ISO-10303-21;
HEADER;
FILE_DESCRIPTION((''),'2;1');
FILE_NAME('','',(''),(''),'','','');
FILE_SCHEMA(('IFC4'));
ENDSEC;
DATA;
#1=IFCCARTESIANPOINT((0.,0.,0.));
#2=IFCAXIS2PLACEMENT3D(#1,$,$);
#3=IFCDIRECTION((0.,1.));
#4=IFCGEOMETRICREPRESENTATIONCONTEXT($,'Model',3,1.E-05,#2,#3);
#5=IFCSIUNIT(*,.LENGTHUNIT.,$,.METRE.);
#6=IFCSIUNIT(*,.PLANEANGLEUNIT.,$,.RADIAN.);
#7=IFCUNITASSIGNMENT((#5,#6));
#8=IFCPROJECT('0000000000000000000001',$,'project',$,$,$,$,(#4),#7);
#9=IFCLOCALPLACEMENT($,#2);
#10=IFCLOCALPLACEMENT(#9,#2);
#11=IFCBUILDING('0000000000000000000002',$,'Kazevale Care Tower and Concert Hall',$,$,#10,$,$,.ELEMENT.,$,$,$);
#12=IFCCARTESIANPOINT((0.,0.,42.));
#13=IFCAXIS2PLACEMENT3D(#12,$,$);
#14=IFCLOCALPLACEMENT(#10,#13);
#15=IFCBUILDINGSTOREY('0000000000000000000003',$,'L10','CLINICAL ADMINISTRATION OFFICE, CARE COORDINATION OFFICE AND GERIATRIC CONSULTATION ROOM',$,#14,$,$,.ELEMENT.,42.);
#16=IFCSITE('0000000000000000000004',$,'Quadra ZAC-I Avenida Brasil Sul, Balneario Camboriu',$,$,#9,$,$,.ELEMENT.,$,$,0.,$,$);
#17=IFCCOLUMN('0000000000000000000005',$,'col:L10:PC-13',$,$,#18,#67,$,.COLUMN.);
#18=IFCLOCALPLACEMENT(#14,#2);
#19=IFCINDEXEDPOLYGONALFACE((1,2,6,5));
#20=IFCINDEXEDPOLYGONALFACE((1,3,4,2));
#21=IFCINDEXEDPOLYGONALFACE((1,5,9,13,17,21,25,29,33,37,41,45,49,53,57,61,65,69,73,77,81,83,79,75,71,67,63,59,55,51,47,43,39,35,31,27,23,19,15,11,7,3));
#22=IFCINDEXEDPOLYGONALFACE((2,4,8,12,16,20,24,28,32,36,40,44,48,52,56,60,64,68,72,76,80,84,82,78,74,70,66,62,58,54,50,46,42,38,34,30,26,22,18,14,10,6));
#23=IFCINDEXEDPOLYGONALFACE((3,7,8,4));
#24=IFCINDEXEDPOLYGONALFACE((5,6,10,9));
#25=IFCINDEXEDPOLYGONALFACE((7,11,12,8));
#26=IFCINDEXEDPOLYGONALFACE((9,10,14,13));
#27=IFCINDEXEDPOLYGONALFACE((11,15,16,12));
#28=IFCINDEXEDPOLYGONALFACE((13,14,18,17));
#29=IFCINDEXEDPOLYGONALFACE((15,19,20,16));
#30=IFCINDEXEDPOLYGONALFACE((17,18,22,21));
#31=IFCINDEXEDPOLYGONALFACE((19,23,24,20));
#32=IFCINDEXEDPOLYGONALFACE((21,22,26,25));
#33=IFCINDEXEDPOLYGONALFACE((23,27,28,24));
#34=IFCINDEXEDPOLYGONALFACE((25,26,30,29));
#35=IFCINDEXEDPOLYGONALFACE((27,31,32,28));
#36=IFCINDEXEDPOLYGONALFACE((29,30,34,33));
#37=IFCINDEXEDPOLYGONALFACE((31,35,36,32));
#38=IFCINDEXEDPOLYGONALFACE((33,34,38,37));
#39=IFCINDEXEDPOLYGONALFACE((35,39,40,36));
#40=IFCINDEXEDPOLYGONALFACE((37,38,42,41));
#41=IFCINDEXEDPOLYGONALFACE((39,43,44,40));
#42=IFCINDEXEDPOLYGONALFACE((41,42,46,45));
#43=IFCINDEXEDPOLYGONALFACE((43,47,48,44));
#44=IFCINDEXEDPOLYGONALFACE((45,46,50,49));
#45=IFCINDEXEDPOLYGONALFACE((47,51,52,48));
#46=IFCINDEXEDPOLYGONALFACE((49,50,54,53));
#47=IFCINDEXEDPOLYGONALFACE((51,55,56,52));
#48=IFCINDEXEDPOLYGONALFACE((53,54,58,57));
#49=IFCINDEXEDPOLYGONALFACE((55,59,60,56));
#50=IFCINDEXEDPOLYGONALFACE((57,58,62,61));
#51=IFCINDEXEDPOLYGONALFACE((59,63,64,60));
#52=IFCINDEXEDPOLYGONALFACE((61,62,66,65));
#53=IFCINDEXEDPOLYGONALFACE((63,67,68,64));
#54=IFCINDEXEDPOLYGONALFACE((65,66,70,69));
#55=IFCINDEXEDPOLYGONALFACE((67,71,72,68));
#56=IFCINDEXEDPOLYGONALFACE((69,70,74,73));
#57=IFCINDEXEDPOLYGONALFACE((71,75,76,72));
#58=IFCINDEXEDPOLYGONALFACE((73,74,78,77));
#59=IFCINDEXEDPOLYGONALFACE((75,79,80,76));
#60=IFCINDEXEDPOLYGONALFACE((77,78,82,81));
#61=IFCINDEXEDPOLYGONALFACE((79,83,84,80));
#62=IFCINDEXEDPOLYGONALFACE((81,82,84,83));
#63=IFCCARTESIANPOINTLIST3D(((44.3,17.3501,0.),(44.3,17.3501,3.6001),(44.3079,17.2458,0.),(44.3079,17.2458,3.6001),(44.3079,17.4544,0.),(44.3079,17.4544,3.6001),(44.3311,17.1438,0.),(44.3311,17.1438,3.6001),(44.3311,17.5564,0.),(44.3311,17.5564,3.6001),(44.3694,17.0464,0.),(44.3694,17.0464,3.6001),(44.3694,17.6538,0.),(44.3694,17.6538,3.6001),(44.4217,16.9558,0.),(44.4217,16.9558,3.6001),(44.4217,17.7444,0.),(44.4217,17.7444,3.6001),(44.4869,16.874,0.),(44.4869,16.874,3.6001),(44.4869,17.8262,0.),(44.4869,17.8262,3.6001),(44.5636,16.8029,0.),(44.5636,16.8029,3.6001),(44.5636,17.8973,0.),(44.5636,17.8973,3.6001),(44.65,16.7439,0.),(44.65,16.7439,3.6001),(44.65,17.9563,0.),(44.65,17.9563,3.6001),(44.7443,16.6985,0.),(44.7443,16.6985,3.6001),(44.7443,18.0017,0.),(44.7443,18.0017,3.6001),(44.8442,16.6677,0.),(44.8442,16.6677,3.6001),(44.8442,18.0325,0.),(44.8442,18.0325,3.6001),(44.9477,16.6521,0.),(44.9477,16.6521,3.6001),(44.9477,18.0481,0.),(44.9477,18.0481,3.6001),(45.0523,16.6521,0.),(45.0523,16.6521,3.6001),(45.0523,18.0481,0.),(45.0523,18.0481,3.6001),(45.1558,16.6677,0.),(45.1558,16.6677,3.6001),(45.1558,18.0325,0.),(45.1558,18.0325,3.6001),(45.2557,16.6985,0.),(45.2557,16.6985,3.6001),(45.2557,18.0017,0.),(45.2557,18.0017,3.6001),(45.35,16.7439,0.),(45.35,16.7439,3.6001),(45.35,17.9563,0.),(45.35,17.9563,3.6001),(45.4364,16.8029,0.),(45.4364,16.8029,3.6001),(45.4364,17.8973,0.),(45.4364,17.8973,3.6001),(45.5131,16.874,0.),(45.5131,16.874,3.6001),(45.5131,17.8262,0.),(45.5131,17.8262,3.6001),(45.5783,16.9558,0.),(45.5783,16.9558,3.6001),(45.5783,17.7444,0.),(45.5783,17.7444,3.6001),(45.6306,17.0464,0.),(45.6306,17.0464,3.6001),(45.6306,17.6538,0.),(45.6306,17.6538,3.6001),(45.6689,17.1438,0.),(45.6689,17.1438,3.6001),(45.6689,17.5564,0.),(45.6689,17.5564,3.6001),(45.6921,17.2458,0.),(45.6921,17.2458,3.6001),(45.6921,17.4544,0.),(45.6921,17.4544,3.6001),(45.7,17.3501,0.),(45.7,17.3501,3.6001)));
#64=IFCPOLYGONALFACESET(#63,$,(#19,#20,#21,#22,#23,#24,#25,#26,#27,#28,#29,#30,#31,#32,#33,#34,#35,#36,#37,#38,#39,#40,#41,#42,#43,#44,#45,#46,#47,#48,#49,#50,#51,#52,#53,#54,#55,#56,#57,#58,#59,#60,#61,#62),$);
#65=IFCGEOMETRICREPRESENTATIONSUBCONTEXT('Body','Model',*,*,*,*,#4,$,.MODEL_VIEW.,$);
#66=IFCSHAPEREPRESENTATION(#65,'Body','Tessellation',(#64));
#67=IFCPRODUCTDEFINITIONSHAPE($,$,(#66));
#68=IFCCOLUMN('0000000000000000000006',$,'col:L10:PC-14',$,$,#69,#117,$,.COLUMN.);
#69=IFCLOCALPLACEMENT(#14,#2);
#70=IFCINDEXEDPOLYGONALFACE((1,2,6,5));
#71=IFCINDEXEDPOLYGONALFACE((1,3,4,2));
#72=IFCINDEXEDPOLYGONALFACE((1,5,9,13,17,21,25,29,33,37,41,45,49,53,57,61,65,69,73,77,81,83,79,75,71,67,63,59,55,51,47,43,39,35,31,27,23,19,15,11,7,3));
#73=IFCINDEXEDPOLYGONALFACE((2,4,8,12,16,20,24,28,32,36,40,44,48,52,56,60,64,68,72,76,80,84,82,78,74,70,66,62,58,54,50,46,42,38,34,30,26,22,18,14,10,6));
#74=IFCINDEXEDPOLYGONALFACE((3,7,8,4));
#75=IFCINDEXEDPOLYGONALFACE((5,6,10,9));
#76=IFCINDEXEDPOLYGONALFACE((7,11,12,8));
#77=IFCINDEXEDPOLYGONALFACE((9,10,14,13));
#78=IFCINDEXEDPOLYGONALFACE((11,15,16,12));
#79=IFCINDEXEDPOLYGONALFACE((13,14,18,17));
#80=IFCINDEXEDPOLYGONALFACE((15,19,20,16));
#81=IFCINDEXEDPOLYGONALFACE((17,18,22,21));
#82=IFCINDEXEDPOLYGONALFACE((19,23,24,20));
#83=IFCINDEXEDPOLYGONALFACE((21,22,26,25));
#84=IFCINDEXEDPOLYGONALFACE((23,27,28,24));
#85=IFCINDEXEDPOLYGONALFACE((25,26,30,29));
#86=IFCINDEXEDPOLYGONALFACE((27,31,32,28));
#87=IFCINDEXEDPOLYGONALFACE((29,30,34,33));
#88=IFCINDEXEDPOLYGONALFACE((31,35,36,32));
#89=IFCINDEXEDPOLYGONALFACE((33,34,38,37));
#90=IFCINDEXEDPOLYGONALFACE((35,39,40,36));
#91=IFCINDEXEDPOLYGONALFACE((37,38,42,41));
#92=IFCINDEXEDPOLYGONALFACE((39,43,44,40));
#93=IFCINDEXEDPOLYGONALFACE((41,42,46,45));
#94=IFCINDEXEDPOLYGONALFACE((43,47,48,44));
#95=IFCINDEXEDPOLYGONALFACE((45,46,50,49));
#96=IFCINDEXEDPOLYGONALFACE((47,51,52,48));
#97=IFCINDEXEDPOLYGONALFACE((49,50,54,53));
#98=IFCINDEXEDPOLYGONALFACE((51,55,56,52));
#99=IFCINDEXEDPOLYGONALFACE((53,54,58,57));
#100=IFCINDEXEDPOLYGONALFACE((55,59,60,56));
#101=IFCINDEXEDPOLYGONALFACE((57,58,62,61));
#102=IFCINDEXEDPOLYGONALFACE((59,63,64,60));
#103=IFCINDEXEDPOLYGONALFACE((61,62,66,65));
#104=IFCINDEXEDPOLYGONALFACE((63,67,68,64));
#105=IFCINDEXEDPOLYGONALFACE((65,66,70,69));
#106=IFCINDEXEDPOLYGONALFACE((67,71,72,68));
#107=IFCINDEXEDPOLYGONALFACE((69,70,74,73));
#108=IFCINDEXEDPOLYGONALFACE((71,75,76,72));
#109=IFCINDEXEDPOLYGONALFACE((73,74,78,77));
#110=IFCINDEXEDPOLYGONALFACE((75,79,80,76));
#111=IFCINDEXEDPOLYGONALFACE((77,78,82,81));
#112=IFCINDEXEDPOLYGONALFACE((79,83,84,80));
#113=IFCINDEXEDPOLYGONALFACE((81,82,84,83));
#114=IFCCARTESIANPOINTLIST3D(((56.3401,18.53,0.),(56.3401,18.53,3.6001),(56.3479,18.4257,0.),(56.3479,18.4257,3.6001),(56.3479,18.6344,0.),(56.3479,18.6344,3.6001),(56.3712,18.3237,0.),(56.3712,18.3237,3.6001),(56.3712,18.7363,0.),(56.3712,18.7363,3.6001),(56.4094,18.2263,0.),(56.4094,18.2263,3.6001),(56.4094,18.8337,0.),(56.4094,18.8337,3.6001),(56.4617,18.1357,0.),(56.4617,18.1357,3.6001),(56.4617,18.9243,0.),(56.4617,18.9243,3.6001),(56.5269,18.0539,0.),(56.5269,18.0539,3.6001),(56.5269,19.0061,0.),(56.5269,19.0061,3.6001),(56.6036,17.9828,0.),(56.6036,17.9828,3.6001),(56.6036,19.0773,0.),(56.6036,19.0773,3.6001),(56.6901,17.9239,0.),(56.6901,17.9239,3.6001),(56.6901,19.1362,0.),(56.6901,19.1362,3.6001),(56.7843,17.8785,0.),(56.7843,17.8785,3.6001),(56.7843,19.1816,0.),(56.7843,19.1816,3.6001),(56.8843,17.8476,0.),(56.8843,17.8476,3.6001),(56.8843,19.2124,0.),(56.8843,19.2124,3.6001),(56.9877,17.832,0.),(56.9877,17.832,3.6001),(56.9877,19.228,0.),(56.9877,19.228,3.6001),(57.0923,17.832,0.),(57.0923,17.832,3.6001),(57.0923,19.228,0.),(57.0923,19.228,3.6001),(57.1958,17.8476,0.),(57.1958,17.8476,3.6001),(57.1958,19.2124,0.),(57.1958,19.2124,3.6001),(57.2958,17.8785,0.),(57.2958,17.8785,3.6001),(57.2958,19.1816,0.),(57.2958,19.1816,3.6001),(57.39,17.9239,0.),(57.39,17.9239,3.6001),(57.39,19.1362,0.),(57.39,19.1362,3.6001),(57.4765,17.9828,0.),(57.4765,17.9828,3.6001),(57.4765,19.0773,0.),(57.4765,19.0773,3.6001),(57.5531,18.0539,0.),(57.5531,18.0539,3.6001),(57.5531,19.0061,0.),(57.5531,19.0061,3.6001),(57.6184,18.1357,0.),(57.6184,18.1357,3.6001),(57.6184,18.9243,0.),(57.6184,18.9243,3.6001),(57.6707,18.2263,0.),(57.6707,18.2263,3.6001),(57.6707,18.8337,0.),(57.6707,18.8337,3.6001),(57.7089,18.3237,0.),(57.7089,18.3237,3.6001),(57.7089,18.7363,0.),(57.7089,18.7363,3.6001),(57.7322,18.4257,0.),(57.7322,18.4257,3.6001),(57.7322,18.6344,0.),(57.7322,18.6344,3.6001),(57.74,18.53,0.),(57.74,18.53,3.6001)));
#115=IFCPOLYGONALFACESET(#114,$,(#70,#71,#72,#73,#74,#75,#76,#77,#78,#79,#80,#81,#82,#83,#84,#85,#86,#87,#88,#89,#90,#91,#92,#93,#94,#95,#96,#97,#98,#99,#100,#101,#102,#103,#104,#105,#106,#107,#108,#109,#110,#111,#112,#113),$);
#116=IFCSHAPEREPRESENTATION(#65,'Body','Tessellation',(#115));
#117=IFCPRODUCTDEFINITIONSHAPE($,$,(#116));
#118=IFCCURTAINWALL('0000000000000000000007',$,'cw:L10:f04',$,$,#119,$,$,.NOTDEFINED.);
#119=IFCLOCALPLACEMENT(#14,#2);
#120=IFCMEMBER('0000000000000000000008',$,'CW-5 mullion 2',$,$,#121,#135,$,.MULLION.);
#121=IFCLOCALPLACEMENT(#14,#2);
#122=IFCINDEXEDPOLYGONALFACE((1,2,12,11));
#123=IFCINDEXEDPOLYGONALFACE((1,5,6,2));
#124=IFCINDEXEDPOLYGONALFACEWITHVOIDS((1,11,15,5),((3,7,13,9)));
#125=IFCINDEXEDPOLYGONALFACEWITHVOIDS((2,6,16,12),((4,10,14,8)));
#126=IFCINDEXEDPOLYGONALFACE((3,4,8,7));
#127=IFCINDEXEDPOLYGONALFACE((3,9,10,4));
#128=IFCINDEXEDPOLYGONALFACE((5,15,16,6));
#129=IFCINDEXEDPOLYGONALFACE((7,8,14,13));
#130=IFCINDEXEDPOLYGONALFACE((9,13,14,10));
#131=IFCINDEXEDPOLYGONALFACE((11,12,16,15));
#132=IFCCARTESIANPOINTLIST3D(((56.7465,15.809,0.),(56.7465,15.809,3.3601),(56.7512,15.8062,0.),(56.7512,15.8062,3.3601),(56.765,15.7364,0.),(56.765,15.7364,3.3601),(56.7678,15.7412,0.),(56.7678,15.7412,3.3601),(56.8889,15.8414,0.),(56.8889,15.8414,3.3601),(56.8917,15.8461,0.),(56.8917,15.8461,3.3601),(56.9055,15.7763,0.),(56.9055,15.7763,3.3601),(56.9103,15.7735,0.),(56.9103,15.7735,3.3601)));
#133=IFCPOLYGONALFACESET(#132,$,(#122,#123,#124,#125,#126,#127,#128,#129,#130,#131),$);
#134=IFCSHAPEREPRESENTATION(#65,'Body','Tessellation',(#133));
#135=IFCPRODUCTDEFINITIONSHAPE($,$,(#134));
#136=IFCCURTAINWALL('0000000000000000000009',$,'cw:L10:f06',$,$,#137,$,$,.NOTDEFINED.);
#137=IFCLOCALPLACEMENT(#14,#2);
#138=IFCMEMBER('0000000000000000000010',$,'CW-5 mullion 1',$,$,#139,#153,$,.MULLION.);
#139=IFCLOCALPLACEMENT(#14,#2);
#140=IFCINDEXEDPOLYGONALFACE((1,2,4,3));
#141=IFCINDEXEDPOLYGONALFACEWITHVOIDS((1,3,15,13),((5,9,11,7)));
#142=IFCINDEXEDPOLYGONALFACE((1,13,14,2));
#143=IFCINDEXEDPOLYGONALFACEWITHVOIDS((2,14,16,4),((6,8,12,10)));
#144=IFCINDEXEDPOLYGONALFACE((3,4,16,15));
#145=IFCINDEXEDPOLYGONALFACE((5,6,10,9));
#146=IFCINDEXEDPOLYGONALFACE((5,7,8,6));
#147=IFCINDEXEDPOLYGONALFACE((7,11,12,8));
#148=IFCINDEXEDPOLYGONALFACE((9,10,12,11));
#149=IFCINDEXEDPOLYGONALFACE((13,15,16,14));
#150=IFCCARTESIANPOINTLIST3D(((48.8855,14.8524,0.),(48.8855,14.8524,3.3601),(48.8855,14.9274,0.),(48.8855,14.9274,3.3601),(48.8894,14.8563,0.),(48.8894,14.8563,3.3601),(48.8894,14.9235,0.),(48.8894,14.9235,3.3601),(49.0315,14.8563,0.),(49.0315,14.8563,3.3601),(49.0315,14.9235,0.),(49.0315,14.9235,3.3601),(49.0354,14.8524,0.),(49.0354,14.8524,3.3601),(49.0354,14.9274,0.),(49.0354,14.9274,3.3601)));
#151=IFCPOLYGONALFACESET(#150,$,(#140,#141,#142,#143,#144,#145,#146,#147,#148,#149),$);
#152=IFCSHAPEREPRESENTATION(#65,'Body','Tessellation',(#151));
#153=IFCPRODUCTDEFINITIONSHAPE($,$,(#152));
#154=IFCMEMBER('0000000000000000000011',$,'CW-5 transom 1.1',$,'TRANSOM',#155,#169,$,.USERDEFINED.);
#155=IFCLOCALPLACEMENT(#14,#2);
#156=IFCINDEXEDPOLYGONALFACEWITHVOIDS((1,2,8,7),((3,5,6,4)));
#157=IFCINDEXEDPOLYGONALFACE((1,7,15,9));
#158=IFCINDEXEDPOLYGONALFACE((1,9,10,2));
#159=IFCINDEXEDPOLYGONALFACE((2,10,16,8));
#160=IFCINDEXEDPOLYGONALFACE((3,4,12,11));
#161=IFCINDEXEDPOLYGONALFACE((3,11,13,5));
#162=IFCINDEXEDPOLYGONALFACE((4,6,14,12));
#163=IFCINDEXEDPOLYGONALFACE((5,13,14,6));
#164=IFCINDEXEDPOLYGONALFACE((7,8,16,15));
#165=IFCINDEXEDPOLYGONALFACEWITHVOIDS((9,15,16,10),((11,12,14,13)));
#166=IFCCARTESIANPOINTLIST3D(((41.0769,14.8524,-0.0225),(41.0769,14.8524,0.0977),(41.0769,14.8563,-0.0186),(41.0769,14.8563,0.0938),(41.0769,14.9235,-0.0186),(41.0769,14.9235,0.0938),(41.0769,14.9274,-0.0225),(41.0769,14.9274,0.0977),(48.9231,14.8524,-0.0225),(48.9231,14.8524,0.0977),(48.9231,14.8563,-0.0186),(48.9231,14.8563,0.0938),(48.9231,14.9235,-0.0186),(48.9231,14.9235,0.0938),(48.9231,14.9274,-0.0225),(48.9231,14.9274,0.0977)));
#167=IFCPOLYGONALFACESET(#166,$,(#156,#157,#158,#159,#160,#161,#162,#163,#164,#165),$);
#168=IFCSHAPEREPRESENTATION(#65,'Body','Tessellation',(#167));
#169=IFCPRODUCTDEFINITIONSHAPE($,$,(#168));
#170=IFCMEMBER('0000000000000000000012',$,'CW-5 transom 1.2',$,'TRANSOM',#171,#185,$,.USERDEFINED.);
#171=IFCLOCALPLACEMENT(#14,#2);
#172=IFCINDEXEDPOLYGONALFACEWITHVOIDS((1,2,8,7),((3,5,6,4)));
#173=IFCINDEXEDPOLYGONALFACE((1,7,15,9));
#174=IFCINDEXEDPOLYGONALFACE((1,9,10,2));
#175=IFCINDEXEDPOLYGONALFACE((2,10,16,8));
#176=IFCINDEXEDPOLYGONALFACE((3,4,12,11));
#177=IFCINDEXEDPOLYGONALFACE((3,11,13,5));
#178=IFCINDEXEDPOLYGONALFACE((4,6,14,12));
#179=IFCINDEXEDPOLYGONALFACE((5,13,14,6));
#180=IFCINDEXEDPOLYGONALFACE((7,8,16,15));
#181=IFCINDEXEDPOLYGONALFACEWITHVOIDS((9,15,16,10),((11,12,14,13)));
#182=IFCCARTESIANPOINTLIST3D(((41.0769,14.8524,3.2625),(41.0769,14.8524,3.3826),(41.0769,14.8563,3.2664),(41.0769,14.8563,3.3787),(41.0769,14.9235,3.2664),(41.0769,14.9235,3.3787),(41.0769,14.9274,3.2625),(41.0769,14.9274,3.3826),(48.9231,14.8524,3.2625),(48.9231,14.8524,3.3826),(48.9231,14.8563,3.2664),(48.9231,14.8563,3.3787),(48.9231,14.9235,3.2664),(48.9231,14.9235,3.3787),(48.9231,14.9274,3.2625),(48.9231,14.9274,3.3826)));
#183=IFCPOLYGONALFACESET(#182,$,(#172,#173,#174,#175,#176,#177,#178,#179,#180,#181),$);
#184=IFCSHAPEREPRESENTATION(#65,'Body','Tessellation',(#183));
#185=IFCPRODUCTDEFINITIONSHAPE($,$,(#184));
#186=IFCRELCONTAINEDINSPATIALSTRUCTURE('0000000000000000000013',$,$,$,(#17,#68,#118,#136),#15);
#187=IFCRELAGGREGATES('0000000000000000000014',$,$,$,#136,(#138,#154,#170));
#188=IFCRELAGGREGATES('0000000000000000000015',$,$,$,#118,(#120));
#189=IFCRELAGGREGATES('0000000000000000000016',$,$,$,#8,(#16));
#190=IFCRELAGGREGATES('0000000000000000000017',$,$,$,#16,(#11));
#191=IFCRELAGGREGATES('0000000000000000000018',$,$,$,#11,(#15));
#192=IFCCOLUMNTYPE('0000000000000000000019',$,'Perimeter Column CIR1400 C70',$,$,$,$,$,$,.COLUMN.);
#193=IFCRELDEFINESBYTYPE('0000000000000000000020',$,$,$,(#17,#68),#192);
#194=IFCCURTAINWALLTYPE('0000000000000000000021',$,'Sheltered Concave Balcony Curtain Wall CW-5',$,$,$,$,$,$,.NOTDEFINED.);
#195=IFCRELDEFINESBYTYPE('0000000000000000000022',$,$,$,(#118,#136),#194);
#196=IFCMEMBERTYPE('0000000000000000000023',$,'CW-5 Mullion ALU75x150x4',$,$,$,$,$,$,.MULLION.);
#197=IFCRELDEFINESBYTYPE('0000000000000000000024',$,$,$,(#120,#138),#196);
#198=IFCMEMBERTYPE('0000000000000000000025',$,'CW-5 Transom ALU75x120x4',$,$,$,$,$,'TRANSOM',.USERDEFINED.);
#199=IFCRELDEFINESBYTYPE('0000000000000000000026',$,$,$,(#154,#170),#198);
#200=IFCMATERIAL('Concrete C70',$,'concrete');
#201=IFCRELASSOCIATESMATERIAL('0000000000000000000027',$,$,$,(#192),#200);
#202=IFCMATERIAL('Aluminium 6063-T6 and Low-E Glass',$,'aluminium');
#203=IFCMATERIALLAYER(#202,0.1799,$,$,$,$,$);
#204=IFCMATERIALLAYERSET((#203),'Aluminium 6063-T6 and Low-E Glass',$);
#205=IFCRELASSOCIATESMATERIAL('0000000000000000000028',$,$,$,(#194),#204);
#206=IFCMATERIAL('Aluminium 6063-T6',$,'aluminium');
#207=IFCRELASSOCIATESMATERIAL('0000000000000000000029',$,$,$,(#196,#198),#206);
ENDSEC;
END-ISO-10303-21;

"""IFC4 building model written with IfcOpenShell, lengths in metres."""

from ifc_helpers import new_model, si_unit, direction, frame, origin, origin_2d, place, context, subcontext, project, spatial, hollow_rectangle, circle, extrude, material, layer, layer_set, material_profile, profile_set, type_object, element, aggregate, save


model = new_model("IFC4")

# Units and contexts
model_context = context("Model", 3, precision=1e-05, world=origin(), true_north=direction((0.0, 1.0)))
body_context = subcontext(model_context, "Body", "Model", "MODEL_VIEW")
ifc_project = project(units=[si_unit("LENGTHUNIT", "METRE"), si_unit("PLANEANGLEUNIT", "RADIAN")], contexts=[model_context])

# Site, building, storey
site_placement = place(None, origin())
site = spatial("IfcSite", under=ifc_project, at=site_placement, Name="Quadra ZAC-I Avenida Brasil Sul, Balneario Camboriu", CompositionType="ELEMENT", RefElevation=0.0)
building_placement = place(site_placement, origin())
building = spatial("IfcBuilding", under=site, at=building_placement, Name="Kazevale Care Tower and Concert Hall", CompositionType="ELEMENT")
storey_placement = place(building_placement, frame((0.0, 0.0, 42.0)))
storey = spatial("IfcBuildingStorey", under=building, at=storey_placement, Name="L10", Description="CLINICAL ADMINISTRATION OFFICE, CARE COORDINATION OFFICE AND GERIATRIC CONSULTATION ROOM", CompositionType="ELEMENT", Elevation=42.0)

# Columns
ifc_material_1 = material(Name="Concrete C70", Category="concrete")
ifc_material_profile_1 = material_profile(ifc_material_1, circle(Radius=0.7, at=origin_2d()), Name="RC-CIR1400")
ifc_profile_set_1 = profile_set([ifc_material_profile_1], Name="Concrete C70")
column_type = type_object("IfcColumnType", Name="Perimeter Column CIR1400 C70", PredefinedType="COLUMN", material=ifc_profile_set_1)
for number, where, z_axis, x_axis, name in (
    (1, (45.0, 17.3501, 0.0), (0.0, 0.0, 1.0), (1.0, 0.0, 0.0), "col:L10:PC-13"),
    (2, (57.04, 18.53, 0.0), (0.0, 0.0, 1.0), (1.0, 0.0, 0.0), "col:L10:PC-14"),
):
    element("IfcColumn", number, at=place(storey_placement, frame(where, z_axis=z_axis, x_axis=x_axis)), inside=storey, type_object=column_type, Name=name, PredefinedType="COLUMN", context=body_context, shape_type="SweptSolid", body=[
        extrude(circle(Radius=0.7, at=origin_2d()), origin(), (0.0, 0.0, 1.0), 3.6001),
    ])

# Curtain wall, member
ifc_material_2 = material(Name="Aluminium 6063-T6 and Low-E Glass", Category="aluminium")
ifc_layer_1 = layer(ifc_material_2, 0.1799)
ifc_layer_set_1 = layer_set([ifc_layer_1], Name="Aluminium 6063-T6 and Low-E Glass")
curtain_wall_type = type_object("IfcCurtainWallType", Name="Sheltered Concave Balcony Curtain Wall CW-5", PredefinedType="NOTDEFINED", material=ifc_layer_set_1)
curtain_wall_1_placement = place(storey_placement, origin())
curtain_wall_1 = element("IfcCurtainWall", 3, at=curtain_wall_1_placement, inside=storey, type_object=curtain_wall_type, Name="cw:L10:f04", PredefinedType="NOTDEFINED")
ifc_material_3 = material(Name="Aluminium 6063-T6", Category="aluminium")
ifc_material_profile_2 = material_profile(ifc_material_3, hollow_rectangle(XDim=0.075, YDim=0.1499, WallThickness=0.0039, at=origin_2d()), Name="ALU75x150x4")
ifc_profile_set_2 = profile_set([ifc_material_profile_2], Name="Aluminium 6063-T6")
member_type_1 = type_object("IfcMemberType", Name="CW-5 Mullion ALU75x150x4", PredefinedType="MULLION", material=ifc_profile_set_2)
member_1_placement = place(storey_placement, frame((56.8284, 15.7913, 0.0), z_axis=(0.0, 0.0, 1.0), x_axis=(0.247222, -0.968959, 0.0)))
member_1 = element("IfcMember", 4, at=member_1_placement, type_object=member_type_1, Name="CW-5 mullion 2", PredefinedType="MULLION", context=body_context, shape_type="SweptSolid", body=[
    extrude(hollow_rectangle(XDim=0.075, YDim=0.1499, WallThickness=0.0039, at=origin_2d()), origin(), (0.0, 0.0, 1.0), 3.3601),
])

# Curtain wall, members
curtain_wall_2_placement = place(storey_placement, origin())
curtain_wall_2 = element("IfcCurtainWall", 5, at=curtain_wall_2_placement, inside=storey, type_object=curtain_wall_type, Name="cw:L10:f06", PredefinedType="NOTDEFINED")
member_2_placement = place(storey_placement, frame((48.9604, 14.8899, 0.0), z_axis=(0.0, 0.0, 1.0), x_axis=(0.0, -1.0, 0.0)))
member_2 = element("IfcMember", 6, at=member_2_placement, type_object=member_type_1, Name="CW-5 mullion 1", PredefinedType="MULLION", context=body_context, shape_type="SweptSolid", body=[
    extrude(hollow_rectangle(XDim=0.075, YDim=0.1499, WallThickness=0.0039, at=origin_2d()), origin(), (0.0, 0.0, 1.0), 3.3601),
])
ifc_material_profile_3 = material_profile(ifc_material_3, hollow_rectangle(XDim=0.075, YDim=0.1201, WallThickness=0.0039, at=origin_2d()), Name="ALU75x120x4")
ifc_profile_set_3 = profile_set([ifc_material_profile_3], Name="Aluminium 6063-T6")
member_type_2 = type_object("IfcMemberType", Name="CW-5 Transom ALU75x120x4", ElementType="TRANSOM", PredefinedType="USERDEFINED", material=ifc_profile_set_3)
member_3_placement = place(storey_placement, frame((48.9231, 14.8899, 0.0376), z_axis=(-1.0, 0.0, 0.0), x_axis=(0.0, -1.0, 0.0)))
member_3 = element("IfcMember", 7, at=member_3_placement, type_object=member_type_2, Name="CW-5 transom 1.1", ObjectType="TRANSOM", PredefinedType="USERDEFINED", context=body_context, shape_type="SweptSolid", body=[
    extrude(hollow_rectangle(XDim=0.075, YDim=0.1201, WallThickness=0.0039, at=origin_2d()), origin(), (0.0, 0.0, 1.0), 7.8462),
])
member_4_placement = place(storey_placement, frame((48.9231, 14.8899, 3.3225), z_axis=(-1.0, 0.0, 0.0), x_axis=(0.0, -1.0, 0.0)))
member_4 = element("IfcMember", 8, at=member_4_placement, type_object=member_type_2, Name="CW-5 transom 1.2", ObjectType="TRANSOM", PredefinedType="USERDEFINED", context=body_context, shape_type="SweptSolid", body=[
    extrude(hollow_rectangle(XDim=0.075, YDim=0.1201, WallThickness=0.0039, at=origin_2d()), origin(), (0.0, 0.0, 1.0), 7.8462),
])
aggregate(curtain_wall_2, [member_2, member_3, member_4])

aggregate(curtain_wall_1, [member_1])

save(model, "model.ifc")
